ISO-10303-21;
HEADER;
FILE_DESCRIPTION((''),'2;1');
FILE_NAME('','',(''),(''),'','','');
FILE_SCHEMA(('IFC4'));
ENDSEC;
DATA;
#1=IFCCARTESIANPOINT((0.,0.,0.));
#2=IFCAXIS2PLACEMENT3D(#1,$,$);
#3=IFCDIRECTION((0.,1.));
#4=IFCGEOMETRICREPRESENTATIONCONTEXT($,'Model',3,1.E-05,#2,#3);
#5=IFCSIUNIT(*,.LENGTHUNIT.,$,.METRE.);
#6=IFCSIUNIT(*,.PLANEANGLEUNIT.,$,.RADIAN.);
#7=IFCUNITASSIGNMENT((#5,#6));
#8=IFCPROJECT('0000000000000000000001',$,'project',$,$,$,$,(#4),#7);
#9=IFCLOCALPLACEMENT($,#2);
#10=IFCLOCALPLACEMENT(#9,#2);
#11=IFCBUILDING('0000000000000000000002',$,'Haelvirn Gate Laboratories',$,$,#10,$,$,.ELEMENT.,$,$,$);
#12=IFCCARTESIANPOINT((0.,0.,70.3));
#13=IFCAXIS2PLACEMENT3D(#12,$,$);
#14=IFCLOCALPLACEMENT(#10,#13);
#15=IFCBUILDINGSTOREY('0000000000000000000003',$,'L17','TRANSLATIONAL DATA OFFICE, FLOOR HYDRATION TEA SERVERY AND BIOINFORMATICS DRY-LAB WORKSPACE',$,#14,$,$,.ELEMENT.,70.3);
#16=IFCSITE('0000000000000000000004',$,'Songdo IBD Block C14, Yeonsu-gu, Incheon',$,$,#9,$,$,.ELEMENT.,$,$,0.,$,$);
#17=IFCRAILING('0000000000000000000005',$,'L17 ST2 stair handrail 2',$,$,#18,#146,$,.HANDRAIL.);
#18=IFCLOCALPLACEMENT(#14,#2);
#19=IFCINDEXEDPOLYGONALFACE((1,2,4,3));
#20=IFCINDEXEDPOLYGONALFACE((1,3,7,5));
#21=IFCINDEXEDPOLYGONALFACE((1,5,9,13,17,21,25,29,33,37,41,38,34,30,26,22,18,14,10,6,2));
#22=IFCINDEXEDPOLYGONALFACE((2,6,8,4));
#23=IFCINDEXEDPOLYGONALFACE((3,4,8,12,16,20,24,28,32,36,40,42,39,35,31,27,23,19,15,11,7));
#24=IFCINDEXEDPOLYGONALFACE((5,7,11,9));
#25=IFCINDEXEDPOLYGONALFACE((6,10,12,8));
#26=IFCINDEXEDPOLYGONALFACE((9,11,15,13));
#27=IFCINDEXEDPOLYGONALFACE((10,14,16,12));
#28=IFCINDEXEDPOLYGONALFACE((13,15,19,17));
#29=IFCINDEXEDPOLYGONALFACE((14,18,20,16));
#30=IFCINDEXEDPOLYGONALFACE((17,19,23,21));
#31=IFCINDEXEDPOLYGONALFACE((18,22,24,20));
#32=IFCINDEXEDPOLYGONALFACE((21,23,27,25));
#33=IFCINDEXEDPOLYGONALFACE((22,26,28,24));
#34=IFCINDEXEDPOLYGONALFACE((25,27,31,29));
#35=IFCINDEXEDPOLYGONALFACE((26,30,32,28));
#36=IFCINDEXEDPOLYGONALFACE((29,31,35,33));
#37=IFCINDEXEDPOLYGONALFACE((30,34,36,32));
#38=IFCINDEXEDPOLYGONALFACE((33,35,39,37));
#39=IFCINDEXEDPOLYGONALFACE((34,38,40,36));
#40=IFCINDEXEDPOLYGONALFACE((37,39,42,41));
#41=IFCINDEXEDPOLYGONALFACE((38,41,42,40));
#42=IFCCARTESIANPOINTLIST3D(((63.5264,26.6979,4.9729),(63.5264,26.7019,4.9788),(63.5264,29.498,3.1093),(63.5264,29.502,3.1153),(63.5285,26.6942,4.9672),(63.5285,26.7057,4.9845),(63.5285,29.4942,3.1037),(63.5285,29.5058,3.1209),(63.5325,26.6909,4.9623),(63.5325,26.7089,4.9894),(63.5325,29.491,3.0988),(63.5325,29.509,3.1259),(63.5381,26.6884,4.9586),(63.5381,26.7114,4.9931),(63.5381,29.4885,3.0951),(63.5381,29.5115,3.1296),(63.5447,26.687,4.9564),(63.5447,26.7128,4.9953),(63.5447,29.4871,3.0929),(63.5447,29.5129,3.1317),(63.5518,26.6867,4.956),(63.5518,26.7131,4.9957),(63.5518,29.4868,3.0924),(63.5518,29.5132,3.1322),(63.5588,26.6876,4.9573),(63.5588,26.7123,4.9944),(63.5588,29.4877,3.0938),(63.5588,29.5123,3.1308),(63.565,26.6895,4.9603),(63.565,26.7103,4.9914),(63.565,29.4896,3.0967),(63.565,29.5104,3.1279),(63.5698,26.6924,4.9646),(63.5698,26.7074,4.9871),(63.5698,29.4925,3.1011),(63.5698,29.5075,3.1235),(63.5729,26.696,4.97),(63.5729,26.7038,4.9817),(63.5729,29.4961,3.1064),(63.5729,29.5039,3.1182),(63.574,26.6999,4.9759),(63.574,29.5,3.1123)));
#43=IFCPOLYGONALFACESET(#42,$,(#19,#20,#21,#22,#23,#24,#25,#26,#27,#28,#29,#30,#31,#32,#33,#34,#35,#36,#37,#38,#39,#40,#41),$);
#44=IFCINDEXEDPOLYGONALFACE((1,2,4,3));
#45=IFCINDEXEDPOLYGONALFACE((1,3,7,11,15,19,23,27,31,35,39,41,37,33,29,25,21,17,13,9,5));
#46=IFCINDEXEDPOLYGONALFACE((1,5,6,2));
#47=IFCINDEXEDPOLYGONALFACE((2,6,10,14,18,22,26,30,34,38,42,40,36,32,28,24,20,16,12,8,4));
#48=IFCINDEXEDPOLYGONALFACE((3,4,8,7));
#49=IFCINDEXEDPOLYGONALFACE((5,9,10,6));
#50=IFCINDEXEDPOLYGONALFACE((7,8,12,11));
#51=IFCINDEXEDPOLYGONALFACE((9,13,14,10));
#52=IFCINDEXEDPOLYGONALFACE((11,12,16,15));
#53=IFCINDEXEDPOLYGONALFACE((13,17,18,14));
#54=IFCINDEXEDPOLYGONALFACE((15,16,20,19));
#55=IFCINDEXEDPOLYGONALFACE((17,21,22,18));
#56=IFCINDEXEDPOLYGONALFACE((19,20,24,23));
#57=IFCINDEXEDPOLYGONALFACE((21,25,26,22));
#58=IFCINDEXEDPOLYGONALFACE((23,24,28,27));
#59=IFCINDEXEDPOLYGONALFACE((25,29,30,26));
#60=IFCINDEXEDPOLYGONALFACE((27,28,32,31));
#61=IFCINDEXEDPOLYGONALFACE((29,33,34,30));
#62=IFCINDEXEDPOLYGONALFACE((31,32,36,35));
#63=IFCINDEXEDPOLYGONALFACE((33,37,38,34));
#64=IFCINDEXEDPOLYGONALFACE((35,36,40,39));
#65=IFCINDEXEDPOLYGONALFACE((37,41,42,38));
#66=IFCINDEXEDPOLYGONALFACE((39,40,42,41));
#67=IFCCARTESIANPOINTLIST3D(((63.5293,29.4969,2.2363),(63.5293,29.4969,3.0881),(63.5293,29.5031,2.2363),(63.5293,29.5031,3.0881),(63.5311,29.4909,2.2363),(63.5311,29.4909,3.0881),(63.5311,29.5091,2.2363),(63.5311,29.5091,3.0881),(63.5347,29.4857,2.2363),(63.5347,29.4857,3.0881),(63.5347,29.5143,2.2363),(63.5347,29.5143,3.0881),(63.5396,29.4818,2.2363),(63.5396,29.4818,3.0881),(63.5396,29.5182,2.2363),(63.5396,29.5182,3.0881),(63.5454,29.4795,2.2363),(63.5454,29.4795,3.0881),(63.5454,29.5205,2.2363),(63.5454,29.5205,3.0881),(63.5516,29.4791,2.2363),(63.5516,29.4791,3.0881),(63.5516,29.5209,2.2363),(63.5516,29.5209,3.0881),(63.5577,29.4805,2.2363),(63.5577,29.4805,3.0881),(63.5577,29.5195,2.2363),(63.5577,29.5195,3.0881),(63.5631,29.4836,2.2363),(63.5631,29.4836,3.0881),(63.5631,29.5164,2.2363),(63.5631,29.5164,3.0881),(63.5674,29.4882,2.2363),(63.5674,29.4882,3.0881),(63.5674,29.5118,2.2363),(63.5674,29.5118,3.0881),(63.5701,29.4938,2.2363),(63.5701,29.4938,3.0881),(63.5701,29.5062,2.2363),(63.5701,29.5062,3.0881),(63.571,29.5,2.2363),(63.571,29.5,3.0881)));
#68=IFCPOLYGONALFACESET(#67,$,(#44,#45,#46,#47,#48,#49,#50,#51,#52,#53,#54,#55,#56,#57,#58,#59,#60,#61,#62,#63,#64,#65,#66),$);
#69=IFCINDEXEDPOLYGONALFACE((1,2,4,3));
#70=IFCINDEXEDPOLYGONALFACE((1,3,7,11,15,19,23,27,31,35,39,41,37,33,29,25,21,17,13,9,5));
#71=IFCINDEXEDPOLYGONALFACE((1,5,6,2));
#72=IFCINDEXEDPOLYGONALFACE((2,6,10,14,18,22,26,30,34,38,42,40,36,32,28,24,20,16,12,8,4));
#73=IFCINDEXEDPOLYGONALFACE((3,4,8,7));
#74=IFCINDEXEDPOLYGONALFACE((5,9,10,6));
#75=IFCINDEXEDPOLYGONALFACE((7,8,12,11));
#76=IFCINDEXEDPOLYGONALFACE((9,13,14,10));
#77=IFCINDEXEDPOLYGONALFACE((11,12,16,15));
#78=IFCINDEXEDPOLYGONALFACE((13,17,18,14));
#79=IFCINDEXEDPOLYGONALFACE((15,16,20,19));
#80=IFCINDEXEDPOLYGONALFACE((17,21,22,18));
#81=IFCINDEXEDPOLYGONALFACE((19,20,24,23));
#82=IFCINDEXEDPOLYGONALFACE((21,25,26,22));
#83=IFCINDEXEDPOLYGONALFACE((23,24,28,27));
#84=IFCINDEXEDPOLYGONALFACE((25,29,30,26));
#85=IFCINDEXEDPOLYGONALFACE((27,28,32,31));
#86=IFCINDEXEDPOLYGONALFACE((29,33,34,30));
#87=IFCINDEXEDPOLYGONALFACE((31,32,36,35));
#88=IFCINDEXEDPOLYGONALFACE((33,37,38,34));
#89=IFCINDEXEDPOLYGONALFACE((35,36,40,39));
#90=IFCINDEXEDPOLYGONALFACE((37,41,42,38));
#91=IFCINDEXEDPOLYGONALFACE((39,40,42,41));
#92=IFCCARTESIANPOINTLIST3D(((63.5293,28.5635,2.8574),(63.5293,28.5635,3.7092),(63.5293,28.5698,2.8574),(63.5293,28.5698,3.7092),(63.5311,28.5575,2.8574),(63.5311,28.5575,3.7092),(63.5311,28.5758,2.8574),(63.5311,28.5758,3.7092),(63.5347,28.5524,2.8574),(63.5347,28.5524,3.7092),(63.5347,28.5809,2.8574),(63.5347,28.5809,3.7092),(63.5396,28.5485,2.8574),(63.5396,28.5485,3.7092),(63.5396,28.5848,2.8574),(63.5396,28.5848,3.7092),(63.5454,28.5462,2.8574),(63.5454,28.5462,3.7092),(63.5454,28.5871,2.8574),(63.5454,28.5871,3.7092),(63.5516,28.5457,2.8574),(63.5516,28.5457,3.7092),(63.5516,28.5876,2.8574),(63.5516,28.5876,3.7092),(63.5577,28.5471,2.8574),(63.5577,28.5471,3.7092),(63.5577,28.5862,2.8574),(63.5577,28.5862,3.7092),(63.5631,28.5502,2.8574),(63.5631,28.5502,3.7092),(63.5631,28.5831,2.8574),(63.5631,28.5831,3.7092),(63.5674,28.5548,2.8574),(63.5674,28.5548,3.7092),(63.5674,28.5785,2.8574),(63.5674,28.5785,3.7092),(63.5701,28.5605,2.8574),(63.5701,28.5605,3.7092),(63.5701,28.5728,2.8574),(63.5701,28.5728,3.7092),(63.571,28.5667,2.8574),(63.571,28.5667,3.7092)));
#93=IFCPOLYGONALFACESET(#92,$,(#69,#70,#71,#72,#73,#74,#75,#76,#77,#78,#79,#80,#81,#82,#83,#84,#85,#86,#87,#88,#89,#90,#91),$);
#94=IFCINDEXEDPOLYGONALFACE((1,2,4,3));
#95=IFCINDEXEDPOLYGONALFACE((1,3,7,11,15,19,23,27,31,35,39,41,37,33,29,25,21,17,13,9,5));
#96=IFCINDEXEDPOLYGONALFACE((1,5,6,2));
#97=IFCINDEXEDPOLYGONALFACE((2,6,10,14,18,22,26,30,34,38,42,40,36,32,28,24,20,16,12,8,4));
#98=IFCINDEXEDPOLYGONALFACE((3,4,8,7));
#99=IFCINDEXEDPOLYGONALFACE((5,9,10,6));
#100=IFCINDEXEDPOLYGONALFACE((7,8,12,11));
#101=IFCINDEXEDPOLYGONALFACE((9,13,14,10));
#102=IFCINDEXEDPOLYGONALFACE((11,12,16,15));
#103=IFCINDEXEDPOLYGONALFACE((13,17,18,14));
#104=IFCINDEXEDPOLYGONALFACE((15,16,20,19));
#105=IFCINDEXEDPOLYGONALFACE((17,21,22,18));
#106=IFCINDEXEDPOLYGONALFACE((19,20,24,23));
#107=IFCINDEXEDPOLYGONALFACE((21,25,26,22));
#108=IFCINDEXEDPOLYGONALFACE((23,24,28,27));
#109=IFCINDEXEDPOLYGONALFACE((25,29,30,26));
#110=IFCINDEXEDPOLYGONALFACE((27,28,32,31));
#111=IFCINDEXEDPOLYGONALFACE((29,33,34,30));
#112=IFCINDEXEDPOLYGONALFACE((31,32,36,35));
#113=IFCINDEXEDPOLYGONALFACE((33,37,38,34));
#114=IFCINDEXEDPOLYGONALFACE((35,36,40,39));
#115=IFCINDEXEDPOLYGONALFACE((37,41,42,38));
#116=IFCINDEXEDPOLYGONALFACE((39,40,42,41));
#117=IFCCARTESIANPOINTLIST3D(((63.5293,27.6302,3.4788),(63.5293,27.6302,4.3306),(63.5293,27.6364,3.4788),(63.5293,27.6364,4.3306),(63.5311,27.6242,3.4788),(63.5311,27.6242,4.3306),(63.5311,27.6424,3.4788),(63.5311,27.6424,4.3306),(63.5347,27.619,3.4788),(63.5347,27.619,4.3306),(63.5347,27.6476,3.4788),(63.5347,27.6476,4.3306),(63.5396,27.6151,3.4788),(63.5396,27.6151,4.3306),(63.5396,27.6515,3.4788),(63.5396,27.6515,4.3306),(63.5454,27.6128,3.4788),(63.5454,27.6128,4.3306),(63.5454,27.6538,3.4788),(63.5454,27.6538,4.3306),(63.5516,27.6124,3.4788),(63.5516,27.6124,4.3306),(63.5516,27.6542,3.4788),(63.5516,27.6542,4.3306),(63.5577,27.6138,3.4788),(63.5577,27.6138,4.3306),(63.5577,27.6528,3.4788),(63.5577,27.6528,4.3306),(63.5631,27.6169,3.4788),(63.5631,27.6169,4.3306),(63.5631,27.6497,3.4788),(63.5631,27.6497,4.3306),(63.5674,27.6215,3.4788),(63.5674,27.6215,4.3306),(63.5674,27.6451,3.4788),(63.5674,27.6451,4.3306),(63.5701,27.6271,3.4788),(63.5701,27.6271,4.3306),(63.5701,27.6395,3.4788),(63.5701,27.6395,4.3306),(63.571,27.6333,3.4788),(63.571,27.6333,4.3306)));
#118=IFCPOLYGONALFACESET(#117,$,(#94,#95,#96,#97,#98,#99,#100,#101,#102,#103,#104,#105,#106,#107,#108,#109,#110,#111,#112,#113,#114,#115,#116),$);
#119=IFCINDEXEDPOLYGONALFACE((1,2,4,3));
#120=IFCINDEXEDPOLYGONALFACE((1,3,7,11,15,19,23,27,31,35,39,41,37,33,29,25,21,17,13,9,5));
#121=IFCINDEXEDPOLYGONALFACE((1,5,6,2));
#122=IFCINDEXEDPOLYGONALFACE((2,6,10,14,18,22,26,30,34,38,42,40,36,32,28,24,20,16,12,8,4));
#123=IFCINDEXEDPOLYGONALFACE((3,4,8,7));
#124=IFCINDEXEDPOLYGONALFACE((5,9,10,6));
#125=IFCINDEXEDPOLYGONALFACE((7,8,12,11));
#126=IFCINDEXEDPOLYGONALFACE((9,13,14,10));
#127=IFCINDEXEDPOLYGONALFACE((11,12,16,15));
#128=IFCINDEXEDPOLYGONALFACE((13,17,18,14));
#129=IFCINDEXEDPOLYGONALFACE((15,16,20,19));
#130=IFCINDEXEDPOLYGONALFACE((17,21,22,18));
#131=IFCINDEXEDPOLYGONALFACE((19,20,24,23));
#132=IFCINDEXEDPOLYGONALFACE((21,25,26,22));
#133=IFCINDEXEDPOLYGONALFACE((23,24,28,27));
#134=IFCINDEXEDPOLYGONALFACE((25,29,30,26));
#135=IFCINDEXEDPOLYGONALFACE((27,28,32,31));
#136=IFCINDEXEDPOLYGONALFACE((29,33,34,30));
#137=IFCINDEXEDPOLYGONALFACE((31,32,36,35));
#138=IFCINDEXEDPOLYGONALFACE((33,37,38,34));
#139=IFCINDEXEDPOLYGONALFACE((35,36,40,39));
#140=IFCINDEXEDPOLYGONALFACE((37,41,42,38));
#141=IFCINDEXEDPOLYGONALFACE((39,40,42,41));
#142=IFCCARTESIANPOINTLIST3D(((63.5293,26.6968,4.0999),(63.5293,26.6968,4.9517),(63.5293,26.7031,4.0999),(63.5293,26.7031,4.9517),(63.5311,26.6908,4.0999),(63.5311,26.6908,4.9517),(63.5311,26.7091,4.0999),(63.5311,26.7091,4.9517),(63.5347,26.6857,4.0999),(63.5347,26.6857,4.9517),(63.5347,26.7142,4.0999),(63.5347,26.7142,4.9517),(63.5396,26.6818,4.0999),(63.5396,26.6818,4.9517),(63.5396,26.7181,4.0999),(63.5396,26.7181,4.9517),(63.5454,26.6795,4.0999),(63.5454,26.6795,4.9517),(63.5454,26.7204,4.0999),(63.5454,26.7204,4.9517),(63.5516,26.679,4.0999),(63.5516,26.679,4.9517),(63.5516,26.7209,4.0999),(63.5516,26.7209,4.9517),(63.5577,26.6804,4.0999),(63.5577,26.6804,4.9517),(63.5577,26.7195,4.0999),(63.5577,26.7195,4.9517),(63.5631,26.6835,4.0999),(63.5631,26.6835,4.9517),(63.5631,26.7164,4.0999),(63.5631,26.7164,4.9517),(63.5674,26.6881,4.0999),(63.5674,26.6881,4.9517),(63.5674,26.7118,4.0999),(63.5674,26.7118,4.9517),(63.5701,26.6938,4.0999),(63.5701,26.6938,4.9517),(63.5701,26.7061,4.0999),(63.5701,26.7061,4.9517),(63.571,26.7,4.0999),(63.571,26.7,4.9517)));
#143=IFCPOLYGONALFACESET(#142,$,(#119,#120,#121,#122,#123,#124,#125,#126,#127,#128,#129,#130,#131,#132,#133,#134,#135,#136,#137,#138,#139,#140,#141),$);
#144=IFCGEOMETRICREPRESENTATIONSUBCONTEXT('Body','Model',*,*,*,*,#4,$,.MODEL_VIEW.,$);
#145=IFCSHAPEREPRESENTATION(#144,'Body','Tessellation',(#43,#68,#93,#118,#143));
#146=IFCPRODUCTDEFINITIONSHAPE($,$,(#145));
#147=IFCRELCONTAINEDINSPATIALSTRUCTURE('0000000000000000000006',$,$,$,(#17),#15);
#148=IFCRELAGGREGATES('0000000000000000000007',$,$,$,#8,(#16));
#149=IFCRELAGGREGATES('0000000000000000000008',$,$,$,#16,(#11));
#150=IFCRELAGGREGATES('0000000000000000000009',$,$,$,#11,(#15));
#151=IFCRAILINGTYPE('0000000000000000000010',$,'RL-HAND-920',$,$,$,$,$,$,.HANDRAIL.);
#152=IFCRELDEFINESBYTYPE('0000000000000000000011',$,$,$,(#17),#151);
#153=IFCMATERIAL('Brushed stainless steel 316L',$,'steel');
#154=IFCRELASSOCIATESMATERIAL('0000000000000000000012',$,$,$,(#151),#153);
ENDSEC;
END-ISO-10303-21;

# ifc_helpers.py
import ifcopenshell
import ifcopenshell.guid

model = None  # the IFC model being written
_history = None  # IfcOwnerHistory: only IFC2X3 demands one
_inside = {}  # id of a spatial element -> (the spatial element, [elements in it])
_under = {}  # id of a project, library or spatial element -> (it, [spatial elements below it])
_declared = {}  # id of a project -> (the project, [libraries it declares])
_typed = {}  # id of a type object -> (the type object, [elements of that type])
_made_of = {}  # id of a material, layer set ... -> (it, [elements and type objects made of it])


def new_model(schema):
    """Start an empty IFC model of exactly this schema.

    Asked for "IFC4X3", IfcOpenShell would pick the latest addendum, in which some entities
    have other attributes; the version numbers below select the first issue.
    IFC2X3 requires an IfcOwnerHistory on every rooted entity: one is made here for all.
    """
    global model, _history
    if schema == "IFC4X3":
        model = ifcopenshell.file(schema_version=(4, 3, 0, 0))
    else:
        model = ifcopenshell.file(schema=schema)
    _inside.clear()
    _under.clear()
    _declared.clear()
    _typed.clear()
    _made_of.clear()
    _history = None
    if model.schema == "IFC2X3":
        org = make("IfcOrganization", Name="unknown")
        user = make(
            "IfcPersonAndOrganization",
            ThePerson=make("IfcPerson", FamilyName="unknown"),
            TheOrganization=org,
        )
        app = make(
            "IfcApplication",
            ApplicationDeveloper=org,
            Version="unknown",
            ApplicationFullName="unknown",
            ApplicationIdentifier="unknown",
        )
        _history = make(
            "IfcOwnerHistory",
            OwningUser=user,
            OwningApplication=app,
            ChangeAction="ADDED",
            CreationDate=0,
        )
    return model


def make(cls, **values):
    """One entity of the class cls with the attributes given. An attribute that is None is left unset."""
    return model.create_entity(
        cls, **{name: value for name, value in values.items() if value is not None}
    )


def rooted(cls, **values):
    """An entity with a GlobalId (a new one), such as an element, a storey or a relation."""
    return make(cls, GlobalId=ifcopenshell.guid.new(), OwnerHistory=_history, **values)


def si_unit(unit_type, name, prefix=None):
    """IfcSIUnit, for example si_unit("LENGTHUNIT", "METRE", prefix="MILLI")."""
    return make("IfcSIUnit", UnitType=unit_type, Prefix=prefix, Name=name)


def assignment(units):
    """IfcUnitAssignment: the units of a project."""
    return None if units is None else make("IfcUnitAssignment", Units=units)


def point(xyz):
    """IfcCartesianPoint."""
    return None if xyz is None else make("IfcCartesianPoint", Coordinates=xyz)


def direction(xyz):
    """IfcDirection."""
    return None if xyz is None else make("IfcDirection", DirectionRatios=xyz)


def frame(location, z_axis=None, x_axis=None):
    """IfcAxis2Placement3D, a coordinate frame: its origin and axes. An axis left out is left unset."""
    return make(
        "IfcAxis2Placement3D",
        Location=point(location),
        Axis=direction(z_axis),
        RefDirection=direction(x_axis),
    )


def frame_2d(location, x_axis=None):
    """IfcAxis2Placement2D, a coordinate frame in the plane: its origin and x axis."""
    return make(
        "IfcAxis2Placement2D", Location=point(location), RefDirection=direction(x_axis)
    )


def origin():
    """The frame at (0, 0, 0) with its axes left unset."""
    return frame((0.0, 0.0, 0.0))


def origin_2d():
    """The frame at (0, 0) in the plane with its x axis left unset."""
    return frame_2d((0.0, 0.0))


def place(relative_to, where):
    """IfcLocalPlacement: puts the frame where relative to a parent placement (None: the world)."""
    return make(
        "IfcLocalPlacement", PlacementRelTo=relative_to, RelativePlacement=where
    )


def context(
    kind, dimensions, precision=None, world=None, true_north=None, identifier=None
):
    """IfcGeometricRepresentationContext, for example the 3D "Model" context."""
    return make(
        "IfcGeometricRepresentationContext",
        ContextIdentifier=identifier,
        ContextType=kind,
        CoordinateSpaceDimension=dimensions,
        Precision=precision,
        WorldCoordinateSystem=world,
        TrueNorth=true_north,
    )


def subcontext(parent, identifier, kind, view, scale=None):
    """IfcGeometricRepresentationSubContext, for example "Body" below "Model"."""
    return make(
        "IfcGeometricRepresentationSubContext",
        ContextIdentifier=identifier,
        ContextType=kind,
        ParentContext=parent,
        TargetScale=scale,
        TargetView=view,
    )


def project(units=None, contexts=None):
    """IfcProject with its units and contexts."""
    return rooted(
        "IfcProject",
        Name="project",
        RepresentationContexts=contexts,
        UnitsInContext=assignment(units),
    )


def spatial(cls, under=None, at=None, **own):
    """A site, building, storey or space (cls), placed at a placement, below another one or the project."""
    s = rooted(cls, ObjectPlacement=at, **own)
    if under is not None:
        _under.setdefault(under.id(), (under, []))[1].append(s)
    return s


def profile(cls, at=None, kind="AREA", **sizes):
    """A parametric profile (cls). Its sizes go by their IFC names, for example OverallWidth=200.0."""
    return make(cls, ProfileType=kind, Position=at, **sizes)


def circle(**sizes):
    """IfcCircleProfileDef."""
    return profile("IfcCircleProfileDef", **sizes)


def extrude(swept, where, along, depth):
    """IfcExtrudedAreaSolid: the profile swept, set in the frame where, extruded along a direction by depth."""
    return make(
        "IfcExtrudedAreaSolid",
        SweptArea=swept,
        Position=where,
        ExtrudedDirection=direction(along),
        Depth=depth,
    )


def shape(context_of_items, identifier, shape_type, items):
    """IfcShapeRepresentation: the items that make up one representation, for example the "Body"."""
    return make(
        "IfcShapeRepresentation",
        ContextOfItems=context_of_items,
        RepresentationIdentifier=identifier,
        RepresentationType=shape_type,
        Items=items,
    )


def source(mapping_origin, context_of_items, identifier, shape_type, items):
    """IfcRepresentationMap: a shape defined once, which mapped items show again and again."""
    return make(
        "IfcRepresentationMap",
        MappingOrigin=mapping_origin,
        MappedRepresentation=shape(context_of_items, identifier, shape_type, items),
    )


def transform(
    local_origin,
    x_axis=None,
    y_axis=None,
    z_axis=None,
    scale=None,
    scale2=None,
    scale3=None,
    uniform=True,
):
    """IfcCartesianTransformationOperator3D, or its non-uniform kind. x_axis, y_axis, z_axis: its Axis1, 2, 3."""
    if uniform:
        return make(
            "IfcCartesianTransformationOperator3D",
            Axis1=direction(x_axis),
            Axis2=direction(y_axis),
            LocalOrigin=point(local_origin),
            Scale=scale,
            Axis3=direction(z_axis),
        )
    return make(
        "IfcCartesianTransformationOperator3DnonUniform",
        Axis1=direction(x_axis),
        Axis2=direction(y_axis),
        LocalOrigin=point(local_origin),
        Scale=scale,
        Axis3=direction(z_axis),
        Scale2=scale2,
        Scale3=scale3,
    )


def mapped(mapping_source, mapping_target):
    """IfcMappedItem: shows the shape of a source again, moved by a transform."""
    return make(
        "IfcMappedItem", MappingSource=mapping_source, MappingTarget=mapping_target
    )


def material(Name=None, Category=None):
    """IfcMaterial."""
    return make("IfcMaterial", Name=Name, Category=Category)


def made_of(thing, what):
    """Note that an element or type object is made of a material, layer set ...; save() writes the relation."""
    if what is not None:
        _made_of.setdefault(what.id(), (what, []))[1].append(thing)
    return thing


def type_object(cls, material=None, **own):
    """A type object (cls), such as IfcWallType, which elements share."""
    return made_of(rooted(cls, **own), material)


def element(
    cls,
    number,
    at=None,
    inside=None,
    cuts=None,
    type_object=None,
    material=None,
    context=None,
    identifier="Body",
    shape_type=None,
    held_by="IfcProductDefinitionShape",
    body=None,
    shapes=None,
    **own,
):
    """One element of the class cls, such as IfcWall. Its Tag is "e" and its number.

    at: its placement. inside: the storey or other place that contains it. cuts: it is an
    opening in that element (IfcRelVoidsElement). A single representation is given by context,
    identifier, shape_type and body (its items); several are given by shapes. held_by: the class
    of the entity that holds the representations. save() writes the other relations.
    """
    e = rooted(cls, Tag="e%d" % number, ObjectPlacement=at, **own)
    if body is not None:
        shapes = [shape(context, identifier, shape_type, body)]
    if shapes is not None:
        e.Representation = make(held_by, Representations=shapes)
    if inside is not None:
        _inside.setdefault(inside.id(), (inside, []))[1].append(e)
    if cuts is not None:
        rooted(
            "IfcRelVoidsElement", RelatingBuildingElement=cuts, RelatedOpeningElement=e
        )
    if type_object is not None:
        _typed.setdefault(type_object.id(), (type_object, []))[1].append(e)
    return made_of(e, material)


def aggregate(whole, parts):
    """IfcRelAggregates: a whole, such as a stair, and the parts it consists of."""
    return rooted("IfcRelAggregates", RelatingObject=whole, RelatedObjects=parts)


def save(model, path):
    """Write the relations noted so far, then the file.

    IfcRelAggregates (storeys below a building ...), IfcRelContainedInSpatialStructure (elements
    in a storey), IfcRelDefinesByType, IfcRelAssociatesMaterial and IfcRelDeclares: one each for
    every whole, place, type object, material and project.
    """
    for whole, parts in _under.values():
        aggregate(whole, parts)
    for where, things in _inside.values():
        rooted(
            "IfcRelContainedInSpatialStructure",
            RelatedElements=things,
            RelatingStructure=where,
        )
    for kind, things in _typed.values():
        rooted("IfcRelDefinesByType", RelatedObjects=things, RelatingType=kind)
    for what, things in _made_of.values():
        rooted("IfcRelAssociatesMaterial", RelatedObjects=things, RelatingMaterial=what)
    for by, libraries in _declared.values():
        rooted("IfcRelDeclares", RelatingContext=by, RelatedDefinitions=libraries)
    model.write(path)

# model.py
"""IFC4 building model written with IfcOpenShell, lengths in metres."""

from ifc_helpers import new_model, si_unit, direction, frame, origin, origin_2d, place, context, subcontext, project, spatial, circle, extrude, source, transform, mapped, material, type_object, element, save


model = new_model("IFC4")

# Units and contexts
model_context = context("Model", 3, precision=1e-05, world=origin(), true_north=direction((0.0, 1.0)))
body_context = subcontext(model_context, "Body", "Model", "MODEL_VIEW")
ifc_project = project(units=[si_unit("LENGTHUNIT", "METRE"), si_unit("PLANEANGLEUNIT", "RADIAN")], contexts=[model_context])

# Site, building, storey
site_placement = place(None, origin())
site = spatial("IfcSite", under=ifc_project, at=site_placement, Name="Songdo IBD Block C14, Yeonsu-gu, Incheon", CompositionType="ELEMENT", RefElevation=0.0)
building_placement = place(site_placement, origin())
building = spatial("IfcBuilding", under=site, at=building_placement, Name="Haelvirn Gate Laboratories", CompositionType="ELEMENT")
storey_placement = place(building_placement, frame((0.0, 0.0, 70.3)))
storey = spatial("IfcBuildingStorey", under=building, at=storey_placement, Name="L17", Description="TRANSLATIONAL DATA OFFICE, FLOOR HYDRATION TEA SERVERY AND BIOINFORMATICS DRY-LAB WORKSPACE", CompositionType="ELEMENT", Elevation=70.3)

# Railing
ifc_material_1 = material(Name="Brushed stainless steel 316L", Category="steel")
railing_type_1 = type_object("IfcRailingType", Name="RL-HAND-920", PredefinedType="HANDRAIL", material=ifc_material_1)
shared_shape_1 = source(origin(), body_context, "Body", "SweptSolid", [
    extrude(circle(Radius=0.0239, at=origin_2d()), frame((0.0, 0.0, 0.876), z_axis=(0.0, -0.832486, 0.554047), x_axis=(1.0, 0.0, 0.0)), (0.0, 0.0, 1.0), 3.3635),
    extrude(circle(Radius=0.021, at=origin_2d()), origin(), (0.0, 0.0, 1.0), 0.8518),
    extrude(circle(Radius=0.021, at=origin_2d()), frame((0.0, -0.9333, 0.6211)), (0.0, 0.0, 1.0), 0.8518),
    extrude(circle(Radius=0.021, at=origin_2d()), frame((0.0, -1.8667, 1.2424)), (0.0, 0.0, 1.0), 0.8518),
    extrude(circle(Radius=0.021, at=origin_2d()), frame((0.0, -2.8, 1.8635)), (0.0, 0.0, 1.0), 0.8518),
])
railing_1_placement = place(storey_placement, frame((63.55, 29.5, 2.2363)))
element("IfcRailing", 1, at=railing_1_placement, inside=storey, type_object=railing_type_1, Name="L17 ST2 stair handrail 2", PredefinedType="HANDRAIL", context=body_context, shape_type="MappedRepresentation", body=[
    mapped(shared_shape_1, transform((0.0, 0.0, 0.0), scale=1.0)),
])

save(model, "model.ifc")
